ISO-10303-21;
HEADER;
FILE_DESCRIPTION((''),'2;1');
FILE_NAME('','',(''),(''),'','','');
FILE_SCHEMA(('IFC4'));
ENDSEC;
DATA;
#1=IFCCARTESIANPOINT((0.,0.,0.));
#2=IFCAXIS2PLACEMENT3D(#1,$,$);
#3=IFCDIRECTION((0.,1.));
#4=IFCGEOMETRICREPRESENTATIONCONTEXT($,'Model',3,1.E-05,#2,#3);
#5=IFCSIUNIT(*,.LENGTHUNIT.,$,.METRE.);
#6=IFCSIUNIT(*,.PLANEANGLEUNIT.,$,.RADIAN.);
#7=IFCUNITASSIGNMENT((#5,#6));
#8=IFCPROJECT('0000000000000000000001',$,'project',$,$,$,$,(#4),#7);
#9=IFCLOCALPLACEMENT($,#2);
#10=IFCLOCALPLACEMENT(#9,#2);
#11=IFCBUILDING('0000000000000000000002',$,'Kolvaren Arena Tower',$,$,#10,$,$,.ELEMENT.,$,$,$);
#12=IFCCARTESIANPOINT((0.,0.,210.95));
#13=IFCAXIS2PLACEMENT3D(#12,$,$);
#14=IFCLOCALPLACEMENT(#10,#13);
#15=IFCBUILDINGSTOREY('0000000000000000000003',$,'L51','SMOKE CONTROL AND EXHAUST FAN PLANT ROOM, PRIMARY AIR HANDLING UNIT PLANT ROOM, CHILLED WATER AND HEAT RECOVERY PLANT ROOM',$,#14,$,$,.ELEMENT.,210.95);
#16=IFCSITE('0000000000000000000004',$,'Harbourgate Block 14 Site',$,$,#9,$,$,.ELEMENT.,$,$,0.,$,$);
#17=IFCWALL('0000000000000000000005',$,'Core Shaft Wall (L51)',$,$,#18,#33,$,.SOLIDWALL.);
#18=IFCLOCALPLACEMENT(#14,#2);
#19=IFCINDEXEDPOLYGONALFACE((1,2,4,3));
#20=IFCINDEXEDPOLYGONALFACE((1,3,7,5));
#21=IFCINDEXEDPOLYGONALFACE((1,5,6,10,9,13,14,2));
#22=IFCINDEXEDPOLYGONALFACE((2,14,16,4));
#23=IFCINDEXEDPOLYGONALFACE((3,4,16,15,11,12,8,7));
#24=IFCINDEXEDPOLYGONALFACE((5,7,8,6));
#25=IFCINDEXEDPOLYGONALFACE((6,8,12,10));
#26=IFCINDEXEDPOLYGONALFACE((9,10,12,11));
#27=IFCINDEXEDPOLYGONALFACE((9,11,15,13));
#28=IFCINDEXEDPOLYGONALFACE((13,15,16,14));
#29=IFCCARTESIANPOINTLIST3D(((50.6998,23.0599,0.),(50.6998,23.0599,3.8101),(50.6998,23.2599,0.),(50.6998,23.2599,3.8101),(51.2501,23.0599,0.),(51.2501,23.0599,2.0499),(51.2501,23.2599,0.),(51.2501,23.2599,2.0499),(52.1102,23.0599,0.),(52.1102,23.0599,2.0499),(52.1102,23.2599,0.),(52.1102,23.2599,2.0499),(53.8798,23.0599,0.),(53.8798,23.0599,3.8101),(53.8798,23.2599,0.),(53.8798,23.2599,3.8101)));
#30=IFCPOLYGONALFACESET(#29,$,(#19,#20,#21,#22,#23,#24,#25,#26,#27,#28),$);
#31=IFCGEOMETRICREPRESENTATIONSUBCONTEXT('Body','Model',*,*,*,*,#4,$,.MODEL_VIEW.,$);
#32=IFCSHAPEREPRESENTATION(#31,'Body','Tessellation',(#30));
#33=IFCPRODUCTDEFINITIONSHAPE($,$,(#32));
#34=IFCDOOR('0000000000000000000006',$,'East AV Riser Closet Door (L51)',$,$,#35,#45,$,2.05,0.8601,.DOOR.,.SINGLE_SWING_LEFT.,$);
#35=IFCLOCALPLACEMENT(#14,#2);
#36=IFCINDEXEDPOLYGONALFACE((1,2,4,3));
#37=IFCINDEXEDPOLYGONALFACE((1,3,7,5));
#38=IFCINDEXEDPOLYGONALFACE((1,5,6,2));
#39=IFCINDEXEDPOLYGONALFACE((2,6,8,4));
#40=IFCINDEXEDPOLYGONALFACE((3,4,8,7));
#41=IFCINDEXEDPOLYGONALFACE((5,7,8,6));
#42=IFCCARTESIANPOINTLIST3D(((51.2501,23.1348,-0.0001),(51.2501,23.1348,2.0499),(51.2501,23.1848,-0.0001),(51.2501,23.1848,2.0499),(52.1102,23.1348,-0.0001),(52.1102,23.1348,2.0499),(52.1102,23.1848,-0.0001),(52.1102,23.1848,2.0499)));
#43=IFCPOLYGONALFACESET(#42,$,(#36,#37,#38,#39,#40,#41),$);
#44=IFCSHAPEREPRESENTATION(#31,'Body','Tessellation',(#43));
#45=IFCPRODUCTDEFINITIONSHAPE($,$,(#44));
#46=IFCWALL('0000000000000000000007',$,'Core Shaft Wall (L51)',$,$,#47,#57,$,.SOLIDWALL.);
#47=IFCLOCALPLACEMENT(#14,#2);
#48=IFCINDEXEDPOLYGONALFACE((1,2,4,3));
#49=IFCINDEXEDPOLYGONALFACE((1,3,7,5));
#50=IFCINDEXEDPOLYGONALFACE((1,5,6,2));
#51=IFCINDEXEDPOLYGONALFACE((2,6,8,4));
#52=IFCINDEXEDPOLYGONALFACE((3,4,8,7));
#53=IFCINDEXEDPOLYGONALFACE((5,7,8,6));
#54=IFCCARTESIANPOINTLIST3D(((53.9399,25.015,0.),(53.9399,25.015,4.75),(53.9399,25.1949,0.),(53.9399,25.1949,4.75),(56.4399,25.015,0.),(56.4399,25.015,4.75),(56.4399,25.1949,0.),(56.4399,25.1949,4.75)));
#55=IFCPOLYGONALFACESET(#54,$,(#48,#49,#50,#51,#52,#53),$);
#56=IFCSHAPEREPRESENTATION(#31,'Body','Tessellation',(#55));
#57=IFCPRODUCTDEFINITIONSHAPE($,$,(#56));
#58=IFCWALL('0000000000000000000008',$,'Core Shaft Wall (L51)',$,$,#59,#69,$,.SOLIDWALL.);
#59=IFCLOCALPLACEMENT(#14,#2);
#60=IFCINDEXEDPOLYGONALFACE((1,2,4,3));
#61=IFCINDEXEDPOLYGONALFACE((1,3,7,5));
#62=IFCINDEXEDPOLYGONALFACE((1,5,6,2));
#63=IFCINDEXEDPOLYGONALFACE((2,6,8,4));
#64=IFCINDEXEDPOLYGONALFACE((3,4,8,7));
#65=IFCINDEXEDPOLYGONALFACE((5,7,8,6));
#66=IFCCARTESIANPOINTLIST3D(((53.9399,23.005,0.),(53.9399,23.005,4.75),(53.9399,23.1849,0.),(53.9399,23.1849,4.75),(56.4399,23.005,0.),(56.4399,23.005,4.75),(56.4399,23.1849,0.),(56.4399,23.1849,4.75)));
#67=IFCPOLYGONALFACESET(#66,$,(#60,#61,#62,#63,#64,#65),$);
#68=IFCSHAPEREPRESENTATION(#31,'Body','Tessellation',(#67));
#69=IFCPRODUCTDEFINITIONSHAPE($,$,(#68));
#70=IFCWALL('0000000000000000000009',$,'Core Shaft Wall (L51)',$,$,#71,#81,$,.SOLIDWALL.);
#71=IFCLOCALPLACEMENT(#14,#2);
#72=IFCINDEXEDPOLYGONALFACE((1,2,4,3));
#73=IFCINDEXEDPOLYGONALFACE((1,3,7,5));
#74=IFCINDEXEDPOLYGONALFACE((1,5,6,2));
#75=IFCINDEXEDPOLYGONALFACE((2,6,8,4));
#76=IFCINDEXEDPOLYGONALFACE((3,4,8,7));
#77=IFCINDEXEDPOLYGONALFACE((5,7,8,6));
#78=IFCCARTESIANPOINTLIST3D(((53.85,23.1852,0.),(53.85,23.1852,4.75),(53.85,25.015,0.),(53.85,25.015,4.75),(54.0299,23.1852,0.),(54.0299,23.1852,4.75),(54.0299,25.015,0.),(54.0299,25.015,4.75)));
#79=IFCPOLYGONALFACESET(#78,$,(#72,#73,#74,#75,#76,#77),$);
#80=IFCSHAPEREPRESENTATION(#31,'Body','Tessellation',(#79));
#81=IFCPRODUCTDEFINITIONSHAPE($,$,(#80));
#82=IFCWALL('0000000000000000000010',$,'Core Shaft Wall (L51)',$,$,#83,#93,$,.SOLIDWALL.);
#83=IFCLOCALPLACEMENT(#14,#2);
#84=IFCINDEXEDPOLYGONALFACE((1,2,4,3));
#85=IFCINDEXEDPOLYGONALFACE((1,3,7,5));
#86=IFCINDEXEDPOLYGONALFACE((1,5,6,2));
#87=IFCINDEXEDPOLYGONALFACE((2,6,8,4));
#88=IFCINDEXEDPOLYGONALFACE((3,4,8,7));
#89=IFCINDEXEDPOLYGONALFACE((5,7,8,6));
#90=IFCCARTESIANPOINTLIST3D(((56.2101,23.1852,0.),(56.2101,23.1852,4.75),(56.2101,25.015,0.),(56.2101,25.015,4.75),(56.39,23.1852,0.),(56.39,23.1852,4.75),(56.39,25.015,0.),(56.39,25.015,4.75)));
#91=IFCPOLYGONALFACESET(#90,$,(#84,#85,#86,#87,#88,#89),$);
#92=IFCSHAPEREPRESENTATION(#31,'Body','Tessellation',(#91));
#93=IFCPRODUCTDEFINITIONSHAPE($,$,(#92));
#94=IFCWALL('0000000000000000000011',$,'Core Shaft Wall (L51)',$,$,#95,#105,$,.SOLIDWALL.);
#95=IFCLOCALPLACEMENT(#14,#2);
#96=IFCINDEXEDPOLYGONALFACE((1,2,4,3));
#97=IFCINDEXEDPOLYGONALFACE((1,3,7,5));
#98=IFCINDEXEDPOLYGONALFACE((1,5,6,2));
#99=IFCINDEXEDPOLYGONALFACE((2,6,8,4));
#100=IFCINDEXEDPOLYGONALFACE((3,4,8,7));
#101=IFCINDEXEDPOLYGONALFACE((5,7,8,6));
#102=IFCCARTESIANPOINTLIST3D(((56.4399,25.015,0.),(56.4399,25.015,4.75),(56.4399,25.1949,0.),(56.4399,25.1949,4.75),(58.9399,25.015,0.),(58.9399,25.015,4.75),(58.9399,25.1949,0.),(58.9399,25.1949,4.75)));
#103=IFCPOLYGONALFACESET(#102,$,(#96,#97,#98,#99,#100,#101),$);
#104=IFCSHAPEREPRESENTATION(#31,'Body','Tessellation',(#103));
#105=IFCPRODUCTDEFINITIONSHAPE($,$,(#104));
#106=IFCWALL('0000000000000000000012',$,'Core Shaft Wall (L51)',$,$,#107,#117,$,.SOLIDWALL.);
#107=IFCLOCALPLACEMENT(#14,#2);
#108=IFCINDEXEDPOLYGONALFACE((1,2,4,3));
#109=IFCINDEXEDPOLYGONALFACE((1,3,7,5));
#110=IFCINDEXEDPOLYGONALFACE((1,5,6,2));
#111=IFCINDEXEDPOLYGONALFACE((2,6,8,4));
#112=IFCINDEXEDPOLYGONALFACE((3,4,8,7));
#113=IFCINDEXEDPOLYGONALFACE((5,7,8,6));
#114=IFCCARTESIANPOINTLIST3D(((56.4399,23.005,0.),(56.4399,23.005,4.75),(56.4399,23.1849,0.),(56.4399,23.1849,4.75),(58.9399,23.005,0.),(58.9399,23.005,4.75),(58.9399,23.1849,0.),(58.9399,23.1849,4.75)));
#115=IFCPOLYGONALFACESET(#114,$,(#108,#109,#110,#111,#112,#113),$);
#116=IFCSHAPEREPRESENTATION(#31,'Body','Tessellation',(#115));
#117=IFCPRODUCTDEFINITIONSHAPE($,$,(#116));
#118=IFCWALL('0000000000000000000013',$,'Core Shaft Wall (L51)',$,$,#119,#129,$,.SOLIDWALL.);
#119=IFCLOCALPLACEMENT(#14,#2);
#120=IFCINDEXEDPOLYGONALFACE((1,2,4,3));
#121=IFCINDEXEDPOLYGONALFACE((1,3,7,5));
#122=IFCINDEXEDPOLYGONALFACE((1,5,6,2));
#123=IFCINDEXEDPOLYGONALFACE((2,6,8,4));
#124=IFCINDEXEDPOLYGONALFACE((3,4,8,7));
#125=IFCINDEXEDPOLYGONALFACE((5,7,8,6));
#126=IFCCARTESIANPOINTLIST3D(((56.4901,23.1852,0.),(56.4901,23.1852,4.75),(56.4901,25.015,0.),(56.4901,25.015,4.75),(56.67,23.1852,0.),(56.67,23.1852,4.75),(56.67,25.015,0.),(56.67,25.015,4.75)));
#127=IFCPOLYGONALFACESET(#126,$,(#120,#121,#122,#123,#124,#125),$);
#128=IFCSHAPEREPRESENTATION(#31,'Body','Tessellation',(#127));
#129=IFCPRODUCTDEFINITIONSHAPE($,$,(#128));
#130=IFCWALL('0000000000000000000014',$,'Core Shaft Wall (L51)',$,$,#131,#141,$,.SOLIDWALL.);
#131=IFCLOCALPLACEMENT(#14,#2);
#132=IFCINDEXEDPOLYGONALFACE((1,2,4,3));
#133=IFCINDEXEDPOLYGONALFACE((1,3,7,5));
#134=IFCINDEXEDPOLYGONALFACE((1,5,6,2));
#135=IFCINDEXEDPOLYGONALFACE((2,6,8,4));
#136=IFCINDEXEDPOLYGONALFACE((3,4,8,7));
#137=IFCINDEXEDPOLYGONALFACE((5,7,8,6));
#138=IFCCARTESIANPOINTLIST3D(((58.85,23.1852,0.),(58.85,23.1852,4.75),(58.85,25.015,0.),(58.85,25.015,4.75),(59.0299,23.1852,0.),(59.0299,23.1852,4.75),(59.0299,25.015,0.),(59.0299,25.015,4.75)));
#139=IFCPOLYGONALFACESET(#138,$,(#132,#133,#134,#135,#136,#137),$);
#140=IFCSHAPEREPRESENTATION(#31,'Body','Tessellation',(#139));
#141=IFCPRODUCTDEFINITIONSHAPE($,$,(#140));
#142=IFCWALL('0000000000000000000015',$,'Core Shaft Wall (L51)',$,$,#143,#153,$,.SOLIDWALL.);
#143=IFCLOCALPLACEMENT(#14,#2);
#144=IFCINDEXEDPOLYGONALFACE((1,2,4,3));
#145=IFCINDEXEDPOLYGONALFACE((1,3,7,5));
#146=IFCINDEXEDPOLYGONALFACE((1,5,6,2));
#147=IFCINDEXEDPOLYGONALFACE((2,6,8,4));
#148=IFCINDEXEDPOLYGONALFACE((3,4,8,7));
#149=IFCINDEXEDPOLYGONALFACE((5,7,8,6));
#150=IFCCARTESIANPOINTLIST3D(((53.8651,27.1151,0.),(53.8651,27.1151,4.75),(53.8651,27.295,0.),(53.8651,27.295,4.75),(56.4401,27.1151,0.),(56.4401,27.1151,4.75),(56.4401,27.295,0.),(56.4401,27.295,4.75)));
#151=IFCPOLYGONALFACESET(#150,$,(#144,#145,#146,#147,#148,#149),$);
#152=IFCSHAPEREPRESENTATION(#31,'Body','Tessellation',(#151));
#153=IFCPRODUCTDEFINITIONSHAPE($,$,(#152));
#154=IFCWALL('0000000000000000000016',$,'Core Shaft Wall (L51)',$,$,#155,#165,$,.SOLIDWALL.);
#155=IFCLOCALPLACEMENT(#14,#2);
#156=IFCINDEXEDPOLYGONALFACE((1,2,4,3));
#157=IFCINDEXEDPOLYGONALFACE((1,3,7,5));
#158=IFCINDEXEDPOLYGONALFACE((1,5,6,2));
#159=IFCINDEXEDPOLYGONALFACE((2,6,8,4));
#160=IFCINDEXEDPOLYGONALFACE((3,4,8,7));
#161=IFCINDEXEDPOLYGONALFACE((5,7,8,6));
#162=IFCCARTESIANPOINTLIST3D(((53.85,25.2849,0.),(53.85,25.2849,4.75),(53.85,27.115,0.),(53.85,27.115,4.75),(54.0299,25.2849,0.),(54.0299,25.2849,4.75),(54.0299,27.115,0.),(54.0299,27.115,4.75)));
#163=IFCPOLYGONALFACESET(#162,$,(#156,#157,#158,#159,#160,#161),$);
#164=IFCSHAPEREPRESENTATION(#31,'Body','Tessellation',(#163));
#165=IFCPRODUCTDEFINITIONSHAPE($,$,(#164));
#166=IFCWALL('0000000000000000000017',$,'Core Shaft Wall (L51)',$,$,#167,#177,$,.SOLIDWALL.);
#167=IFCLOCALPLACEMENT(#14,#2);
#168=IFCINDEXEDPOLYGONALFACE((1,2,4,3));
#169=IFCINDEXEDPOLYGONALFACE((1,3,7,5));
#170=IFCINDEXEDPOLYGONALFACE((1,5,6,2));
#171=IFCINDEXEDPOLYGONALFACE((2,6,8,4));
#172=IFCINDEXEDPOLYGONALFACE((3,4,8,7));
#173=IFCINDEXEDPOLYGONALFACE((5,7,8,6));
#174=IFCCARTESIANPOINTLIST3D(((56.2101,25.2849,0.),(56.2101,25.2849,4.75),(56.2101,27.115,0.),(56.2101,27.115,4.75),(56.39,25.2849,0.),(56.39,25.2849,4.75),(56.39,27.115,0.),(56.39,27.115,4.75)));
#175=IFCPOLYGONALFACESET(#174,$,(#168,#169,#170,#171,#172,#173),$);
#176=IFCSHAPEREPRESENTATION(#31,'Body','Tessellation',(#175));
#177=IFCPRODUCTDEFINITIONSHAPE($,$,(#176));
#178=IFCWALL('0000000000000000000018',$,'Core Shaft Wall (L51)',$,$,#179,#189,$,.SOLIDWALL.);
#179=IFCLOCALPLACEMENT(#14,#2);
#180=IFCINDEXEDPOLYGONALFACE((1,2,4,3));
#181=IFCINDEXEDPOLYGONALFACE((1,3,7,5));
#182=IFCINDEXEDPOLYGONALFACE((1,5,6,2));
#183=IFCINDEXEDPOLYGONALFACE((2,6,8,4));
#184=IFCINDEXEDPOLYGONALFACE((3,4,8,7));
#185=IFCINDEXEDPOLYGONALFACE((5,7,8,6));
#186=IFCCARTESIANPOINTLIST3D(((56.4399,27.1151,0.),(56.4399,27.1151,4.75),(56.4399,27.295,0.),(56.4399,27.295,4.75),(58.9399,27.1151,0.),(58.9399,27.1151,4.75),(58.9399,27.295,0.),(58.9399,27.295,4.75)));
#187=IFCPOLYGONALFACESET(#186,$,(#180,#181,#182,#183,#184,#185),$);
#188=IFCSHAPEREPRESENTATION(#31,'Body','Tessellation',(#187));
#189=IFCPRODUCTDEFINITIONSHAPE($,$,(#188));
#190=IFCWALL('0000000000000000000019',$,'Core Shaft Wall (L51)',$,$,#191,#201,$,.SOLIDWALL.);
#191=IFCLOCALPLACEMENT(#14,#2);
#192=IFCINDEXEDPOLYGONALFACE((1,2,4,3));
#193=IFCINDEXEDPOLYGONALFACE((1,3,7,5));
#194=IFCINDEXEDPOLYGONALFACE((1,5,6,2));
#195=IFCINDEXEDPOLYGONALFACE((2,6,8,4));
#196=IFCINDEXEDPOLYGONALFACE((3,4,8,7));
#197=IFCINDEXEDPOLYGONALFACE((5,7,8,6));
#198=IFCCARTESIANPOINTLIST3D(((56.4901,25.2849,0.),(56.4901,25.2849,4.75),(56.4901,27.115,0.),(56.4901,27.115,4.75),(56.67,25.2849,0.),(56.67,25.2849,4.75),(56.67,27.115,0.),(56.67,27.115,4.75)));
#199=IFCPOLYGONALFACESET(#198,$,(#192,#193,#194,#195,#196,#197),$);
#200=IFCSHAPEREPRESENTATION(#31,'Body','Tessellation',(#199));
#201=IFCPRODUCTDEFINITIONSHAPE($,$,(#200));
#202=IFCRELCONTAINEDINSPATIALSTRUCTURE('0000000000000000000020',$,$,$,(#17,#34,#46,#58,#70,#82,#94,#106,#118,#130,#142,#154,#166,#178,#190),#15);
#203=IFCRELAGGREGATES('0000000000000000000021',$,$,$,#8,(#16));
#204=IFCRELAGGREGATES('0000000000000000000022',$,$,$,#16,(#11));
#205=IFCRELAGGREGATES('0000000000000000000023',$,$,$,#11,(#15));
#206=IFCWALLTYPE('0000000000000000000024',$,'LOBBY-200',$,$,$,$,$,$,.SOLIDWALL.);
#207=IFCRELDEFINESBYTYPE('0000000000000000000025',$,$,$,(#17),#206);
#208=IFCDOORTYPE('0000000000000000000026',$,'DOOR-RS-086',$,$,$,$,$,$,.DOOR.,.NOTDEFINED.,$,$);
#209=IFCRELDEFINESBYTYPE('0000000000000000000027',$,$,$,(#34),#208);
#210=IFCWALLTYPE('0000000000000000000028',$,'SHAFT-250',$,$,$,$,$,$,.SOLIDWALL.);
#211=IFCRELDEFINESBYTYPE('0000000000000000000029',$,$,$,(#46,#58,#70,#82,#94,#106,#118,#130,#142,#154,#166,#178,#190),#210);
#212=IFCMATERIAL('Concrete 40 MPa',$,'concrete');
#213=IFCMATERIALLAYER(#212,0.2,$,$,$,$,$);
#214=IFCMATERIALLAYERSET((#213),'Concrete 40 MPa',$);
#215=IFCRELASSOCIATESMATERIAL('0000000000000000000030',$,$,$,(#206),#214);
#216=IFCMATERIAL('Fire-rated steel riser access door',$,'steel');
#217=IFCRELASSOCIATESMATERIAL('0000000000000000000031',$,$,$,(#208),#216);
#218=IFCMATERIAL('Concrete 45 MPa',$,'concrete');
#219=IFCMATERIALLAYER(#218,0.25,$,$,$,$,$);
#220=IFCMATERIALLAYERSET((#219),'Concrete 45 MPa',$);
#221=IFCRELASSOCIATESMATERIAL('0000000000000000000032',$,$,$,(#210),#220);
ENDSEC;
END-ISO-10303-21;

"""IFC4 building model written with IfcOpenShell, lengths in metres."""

from ifc_helpers import new_model, si_unit, direction, frame, frame_2d, origin, place, context, subcontext, project, spatial, rectangle, extrude, material, layer, layer_set, type_object, element, fill, save


model = new_model("IFC4")

# Units and contexts
model_context = context("Model", 3, precision=1e-05, world=origin(), true_north=direction((0.0, 1.0)))
body_context = subcontext(model_context, "Body", "Model", "MODEL_VIEW")
ifc_project = project(units=[si_unit("LENGTHUNIT", "METRE"), si_unit("PLANEANGLEUNIT", "RADIAN")], contexts=[model_context])

# Site, building, storey
site_placement = place(None, origin())
site = spatial("IfcSite", under=ifc_project, at=site_placement, Name="Harbourgate Block 14 Site", CompositionType="ELEMENT", RefElevation=0.0)
building_placement = place(site_placement, origin())
building = spatial("IfcBuilding", under=site, at=building_placement, Name="Kolvaren Arena Tower", CompositionType="ELEMENT")
storey_placement = place(building_placement, frame((0.0, 0.0, 210.95)))
storey = spatial("IfcBuildingStorey", under=building, at=storey_placement, Name="L51", Description="SMOKE CONTROL AND EXHAUST FAN PLANT ROOM, PRIMARY AIR HANDLING UNIT PLANT ROOM, CHILLED WATER AND HEAT RECOVERY PLANT ROOM", CompositionType="ELEMENT", Elevation=210.95)

# Shared definitions
ifc_material_1 = material(Name="Concrete 40 MPa", Category="concrete")
ifc_layer_1 = layer(ifc_material_1, 0.2)
ifc_layer_set_1 = layer_set([ifc_layer_1], Name="Concrete 40 MPa")
wall_type_1 = type_object("IfcWallType", Name="LOBBY-200", PredefinedType="SOLIDWALL", material=ifc_layer_set_1)

# Wall, opening, door
wall_1_placement = place(storey_placement, frame((50.7, 23.1599, 0.0), z_axis=(0.0, 0.0, 1.0), x_axis=(1.0, 0.0, 0.0)))
wall_1 = element("IfcWall", 1, at=wall_1_placement, inside=storey, type_object=wall_type_1, Name="Core Shaft Wall (L51)", PredefinedType="SOLIDWALL", context=body_context, shape_type="SweptSolid", body=[
    extrude(rectangle(XDim=3.1799, YDim=0.2, at=frame_2d((1.5898, 0.0))), origin(), (0.0, 0.0, 1.0), 3.8101),
])
opening_1_placement = place(wall_1_placement, frame((0.55, 0.0, 0.0)))
opening_1 = element("IfcOpeningElement", 2, at=opening_1_placement, cuts=wall_1, PredefinedType="OPENING", context=body_context, shape_type="SweptSolid", body=[
    extrude(rectangle(XDim=0.8601, YDim=2.05, at=frame_2d((0.4302, 1.0249))), frame((0.0, 0.1099, 0.0), z_axis=(0.0, -1.0, 0.0), x_axis=(1.0, 0.0, 0.0)), (0.0, 0.0, 1.0), 0.22),
])
ifc_material_2 = material(Name="Fire-rated steel riser access door", Category="steel")
door_type_1 = type_object("IfcDoorType", Name="DOOR-RS-086", OperationType="NOTDEFINED", PredefinedType="DOOR", material=ifc_material_2)
door_1_placement = place(opening_1_placement, origin())
door_1 = element("IfcDoor", 3, at=door_1_placement, inside=storey, type_object=door_type_1, Name="East AV Riser Closet Door (L51)", OperationType="SINGLE_SWING_LEFT", OverallHeight=2.05, OverallWidth=0.8601, PredefinedType="DOOR", context=body_context, shape_type="SweptSolid", body=[
    extrude(rectangle(XDim=0.8601, YDim=2.05, at=frame_2d((0.4302, 1.0249))), frame((0.0, 0.0249, 0.0), z_axis=(0.0, -1.0, 0.0), x_axis=(1.0, 0.0, 0.0)), (0.0, 0.0, 1.0), 0.05),
])
fill(opening_1, door_1)

# Walls
ifc_material_3 = material(Name="Concrete 45 MPa", Category="concrete")
ifc_layer_2 = layer(ifc_material_3, 0.25)
ifc_layer_set_2 = layer_set([ifc_layer_2], Name="Concrete 45 MPa")
wall_type_2 = type_object("IfcWallType", Name="SHAFT-250", PredefinedType="SOLIDWALL", material=ifc_layer_set_2)
for number, where, z_axis, x_axis, name in (
    (4, (53.9399, 25.105, 0.0), (0.0, 0.0, 1.0), (1.0, 0.0, 0.0), "Core Shaft Wall (L51)"),
    (5, (53.9399, 23.095, 0.0), (0.0, 0.0, 1.0), (1.0, 0.0, 0.0), "Core Shaft Wall (L51)"),
):
    element("IfcWall", number, at=place(storey_placement, frame(where, z_axis=z_axis, x_axis=x_axis)), inside=storey, type_object=wall_type_2, Name=name, PredefinedType="SOLIDWALL", context=body_context, shape_type="SweptSolid", body=[
        extrude(rectangle(XDim=2.5, YDim=0.1799, at=frame_2d((1.25, 0.0))), origin(), (0.0, 0.0, 1.0), 4.75),
    ])
for number, where, z_axis, x_axis, name in (
    (6, (53.9399, 23.1851, 0.0), (0.0, 0.0, 1.0), (0.0, 1.0, 0.0), "Core Shaft Wall (L51)"),
    (7, (56.3, 23.1851, 0.0), (0.0, 0.0, 1.0), (0.0, 1.0, 0.0), "Core Shaft Wall (L51)"),
):
    element("IfcWall", number, at=place(storey_placement, frame(where, z_axis=z_axis, x_axis=x_axis)), inside=storey, type_object=wall_type_2, Name=name, PredefinedType="SOLIDWALL", context=body_context, shape_type="SweptSolid", body=[
        extrude(rectangle(XDim=1.8298, YDim=0.1799, at=frame_2d((0.915, 0.0))), origin(), (0.0, 0.0, 1.0), 4.75),
    ])
for number, where, z_axis, x_axis, name in (
    (8, (56.4399, 25.105, 0.0), (0.0, 0.0, 1.0), (1.0, 0.0, 0.0), "Core Shaft Wall (L51)"),
    (9, (56.4399, 23.095, 0.0), (0.0, 0.0, 1.0), (1.0, 0.0, 0.0), "Core Shaft Wall (L51)"),
):
    element("IfcWall", number, at=place(storey_placement, frame(where, z_axis=z_axis, x_axis=x_axis)), inside=storey, type_object=wall_type_2, Name=name, PredefinedType="SOLIDWALL", context=body_context, shape_type="SweptSolid", body=[
        extrude(rectangle(XDim=2.5, YDim=0.1799, at=frame_2d((1.25, 0.0))), origin(), (0.0, 0.0, 1.0), 4.75),
    ])
for number, where, z_axis, x_axis, name in (
    (10, (56.5801, 23.1851, 0.0), (0.0, 0.0, 1.0), (0.0, 1.0, 0.0), "Core Shaft Wall (L51)"),
    (11, (58.9399, 23.1851, 0.0), (0.0, 0.0, 1.0), (0.0, 1.0, 0.0), "Core Shaft Wall (L51)"),
):
    element("IfcWall", number, at=place(storey_placement, frame(where, z_axis=z_axis, x_axis=x_axis)), inside=storey, type_object=wall_type_2, Name=name, PredefinedType="SOLIDWALL", context=body_context, shape_type="SweptSolid", body=[
        extrude(rectangle(XDim=1.8298, YDim=0.1799, at=frame_2d((0.915, 0.0))), origin(), (0.0, 0.0, 1.0), 4.75),
    ])
wall_2_placement = place(storey_placement, frame((53.865, 27.2051, 0.0), z_axis=(0.0, 0.0, 1.0), x_axis=(1.0, 0.0, 0.0)))
element("IfcWall", 12, at=wall_2_placement, inside=storey, type_object=wall_type_2, Name="Core Shaft Wall (L51)", PredefinedType="SOLIDWALL", context=body_context, shape_type="SweptSolid", body=[
    extrude(rectangle(XDim=2.575, YDim=0.1799, at=frame_2d((1.2876, 0.0))), origin(), (0.0, 0.0, 1.0), 4.75),
])
for number, where, z_axis, x_axis, name in (
    (13, (53.9399, 25.2849, 0.0), (0.0, 0.0, 1.0), (0.0, 1.0, 0.0), "Core Shaft Wall (L51)"),
    (14, (56.3, 25.2849, 0.0), (0.0, 0.0, 1.0), (0.0, 1.0, 0.0), "Core Shaft Wall (L51)"),
):
    element("IfcWall", number, at=place(storey_placement, frame(where, z_axis=z_axis, x_axis=x_axis)), inside=storey, type_object=wall_type_2, Name=name, PredefinedType="SOLIDWALL", context=body_context, shape_type="SweptSolid", body=[
        extrude(rectangle(XDim=1.8301, YDim=0.1799, at=frame_2d((0.915, 0.0))), origin(), (0.0, 0.0, 1.0), 4.75),
    ])
wall_3_placement = place(storey_placement, frame((56.4399, 27.2051, 0.0), z_axis=(0.0, 0.0, 1.0), x_axis=(1.0, 0.0, 0.0)))
element("IfcWall", 15, at=wall_3_placement, inside=storey, type_object=wall_type_2, Name="Core Shaft Wall (L51)", PredefinedType="SOLIDWALL", context=body_context, shape_type="SweptSolid", body=[
    extrude(rectangle(XDim=2.5, YDim=0.1799, at=frame_2d((1.25, 0.0))), origin(), (0.0, 0.0, 1.0), 4.75),
])
wall_4_placement = place(storey_placement, frame((56.5801, 25.2849, 0.0), z_axis=(0.0, 0.0, 1.0), x_axis=(0.0, 1.0, 0.0)))
element("IfcWall", 16, at=wall_4_placement, inside=storey, type_object=wall_type_2, Name="Core Shaft Wall (L51)", PredefinedType="SOLIDWALL", context=body_context, shape_type="SweptSolid", body=[
    extrude(rectangle(XDim=1.8301, YDim=0.1799, at=frame_2d((0.915, 0.0))), origin(), (0.0, 0.0, 1.0), 4.75),
])

save(model, "model.ifc")
